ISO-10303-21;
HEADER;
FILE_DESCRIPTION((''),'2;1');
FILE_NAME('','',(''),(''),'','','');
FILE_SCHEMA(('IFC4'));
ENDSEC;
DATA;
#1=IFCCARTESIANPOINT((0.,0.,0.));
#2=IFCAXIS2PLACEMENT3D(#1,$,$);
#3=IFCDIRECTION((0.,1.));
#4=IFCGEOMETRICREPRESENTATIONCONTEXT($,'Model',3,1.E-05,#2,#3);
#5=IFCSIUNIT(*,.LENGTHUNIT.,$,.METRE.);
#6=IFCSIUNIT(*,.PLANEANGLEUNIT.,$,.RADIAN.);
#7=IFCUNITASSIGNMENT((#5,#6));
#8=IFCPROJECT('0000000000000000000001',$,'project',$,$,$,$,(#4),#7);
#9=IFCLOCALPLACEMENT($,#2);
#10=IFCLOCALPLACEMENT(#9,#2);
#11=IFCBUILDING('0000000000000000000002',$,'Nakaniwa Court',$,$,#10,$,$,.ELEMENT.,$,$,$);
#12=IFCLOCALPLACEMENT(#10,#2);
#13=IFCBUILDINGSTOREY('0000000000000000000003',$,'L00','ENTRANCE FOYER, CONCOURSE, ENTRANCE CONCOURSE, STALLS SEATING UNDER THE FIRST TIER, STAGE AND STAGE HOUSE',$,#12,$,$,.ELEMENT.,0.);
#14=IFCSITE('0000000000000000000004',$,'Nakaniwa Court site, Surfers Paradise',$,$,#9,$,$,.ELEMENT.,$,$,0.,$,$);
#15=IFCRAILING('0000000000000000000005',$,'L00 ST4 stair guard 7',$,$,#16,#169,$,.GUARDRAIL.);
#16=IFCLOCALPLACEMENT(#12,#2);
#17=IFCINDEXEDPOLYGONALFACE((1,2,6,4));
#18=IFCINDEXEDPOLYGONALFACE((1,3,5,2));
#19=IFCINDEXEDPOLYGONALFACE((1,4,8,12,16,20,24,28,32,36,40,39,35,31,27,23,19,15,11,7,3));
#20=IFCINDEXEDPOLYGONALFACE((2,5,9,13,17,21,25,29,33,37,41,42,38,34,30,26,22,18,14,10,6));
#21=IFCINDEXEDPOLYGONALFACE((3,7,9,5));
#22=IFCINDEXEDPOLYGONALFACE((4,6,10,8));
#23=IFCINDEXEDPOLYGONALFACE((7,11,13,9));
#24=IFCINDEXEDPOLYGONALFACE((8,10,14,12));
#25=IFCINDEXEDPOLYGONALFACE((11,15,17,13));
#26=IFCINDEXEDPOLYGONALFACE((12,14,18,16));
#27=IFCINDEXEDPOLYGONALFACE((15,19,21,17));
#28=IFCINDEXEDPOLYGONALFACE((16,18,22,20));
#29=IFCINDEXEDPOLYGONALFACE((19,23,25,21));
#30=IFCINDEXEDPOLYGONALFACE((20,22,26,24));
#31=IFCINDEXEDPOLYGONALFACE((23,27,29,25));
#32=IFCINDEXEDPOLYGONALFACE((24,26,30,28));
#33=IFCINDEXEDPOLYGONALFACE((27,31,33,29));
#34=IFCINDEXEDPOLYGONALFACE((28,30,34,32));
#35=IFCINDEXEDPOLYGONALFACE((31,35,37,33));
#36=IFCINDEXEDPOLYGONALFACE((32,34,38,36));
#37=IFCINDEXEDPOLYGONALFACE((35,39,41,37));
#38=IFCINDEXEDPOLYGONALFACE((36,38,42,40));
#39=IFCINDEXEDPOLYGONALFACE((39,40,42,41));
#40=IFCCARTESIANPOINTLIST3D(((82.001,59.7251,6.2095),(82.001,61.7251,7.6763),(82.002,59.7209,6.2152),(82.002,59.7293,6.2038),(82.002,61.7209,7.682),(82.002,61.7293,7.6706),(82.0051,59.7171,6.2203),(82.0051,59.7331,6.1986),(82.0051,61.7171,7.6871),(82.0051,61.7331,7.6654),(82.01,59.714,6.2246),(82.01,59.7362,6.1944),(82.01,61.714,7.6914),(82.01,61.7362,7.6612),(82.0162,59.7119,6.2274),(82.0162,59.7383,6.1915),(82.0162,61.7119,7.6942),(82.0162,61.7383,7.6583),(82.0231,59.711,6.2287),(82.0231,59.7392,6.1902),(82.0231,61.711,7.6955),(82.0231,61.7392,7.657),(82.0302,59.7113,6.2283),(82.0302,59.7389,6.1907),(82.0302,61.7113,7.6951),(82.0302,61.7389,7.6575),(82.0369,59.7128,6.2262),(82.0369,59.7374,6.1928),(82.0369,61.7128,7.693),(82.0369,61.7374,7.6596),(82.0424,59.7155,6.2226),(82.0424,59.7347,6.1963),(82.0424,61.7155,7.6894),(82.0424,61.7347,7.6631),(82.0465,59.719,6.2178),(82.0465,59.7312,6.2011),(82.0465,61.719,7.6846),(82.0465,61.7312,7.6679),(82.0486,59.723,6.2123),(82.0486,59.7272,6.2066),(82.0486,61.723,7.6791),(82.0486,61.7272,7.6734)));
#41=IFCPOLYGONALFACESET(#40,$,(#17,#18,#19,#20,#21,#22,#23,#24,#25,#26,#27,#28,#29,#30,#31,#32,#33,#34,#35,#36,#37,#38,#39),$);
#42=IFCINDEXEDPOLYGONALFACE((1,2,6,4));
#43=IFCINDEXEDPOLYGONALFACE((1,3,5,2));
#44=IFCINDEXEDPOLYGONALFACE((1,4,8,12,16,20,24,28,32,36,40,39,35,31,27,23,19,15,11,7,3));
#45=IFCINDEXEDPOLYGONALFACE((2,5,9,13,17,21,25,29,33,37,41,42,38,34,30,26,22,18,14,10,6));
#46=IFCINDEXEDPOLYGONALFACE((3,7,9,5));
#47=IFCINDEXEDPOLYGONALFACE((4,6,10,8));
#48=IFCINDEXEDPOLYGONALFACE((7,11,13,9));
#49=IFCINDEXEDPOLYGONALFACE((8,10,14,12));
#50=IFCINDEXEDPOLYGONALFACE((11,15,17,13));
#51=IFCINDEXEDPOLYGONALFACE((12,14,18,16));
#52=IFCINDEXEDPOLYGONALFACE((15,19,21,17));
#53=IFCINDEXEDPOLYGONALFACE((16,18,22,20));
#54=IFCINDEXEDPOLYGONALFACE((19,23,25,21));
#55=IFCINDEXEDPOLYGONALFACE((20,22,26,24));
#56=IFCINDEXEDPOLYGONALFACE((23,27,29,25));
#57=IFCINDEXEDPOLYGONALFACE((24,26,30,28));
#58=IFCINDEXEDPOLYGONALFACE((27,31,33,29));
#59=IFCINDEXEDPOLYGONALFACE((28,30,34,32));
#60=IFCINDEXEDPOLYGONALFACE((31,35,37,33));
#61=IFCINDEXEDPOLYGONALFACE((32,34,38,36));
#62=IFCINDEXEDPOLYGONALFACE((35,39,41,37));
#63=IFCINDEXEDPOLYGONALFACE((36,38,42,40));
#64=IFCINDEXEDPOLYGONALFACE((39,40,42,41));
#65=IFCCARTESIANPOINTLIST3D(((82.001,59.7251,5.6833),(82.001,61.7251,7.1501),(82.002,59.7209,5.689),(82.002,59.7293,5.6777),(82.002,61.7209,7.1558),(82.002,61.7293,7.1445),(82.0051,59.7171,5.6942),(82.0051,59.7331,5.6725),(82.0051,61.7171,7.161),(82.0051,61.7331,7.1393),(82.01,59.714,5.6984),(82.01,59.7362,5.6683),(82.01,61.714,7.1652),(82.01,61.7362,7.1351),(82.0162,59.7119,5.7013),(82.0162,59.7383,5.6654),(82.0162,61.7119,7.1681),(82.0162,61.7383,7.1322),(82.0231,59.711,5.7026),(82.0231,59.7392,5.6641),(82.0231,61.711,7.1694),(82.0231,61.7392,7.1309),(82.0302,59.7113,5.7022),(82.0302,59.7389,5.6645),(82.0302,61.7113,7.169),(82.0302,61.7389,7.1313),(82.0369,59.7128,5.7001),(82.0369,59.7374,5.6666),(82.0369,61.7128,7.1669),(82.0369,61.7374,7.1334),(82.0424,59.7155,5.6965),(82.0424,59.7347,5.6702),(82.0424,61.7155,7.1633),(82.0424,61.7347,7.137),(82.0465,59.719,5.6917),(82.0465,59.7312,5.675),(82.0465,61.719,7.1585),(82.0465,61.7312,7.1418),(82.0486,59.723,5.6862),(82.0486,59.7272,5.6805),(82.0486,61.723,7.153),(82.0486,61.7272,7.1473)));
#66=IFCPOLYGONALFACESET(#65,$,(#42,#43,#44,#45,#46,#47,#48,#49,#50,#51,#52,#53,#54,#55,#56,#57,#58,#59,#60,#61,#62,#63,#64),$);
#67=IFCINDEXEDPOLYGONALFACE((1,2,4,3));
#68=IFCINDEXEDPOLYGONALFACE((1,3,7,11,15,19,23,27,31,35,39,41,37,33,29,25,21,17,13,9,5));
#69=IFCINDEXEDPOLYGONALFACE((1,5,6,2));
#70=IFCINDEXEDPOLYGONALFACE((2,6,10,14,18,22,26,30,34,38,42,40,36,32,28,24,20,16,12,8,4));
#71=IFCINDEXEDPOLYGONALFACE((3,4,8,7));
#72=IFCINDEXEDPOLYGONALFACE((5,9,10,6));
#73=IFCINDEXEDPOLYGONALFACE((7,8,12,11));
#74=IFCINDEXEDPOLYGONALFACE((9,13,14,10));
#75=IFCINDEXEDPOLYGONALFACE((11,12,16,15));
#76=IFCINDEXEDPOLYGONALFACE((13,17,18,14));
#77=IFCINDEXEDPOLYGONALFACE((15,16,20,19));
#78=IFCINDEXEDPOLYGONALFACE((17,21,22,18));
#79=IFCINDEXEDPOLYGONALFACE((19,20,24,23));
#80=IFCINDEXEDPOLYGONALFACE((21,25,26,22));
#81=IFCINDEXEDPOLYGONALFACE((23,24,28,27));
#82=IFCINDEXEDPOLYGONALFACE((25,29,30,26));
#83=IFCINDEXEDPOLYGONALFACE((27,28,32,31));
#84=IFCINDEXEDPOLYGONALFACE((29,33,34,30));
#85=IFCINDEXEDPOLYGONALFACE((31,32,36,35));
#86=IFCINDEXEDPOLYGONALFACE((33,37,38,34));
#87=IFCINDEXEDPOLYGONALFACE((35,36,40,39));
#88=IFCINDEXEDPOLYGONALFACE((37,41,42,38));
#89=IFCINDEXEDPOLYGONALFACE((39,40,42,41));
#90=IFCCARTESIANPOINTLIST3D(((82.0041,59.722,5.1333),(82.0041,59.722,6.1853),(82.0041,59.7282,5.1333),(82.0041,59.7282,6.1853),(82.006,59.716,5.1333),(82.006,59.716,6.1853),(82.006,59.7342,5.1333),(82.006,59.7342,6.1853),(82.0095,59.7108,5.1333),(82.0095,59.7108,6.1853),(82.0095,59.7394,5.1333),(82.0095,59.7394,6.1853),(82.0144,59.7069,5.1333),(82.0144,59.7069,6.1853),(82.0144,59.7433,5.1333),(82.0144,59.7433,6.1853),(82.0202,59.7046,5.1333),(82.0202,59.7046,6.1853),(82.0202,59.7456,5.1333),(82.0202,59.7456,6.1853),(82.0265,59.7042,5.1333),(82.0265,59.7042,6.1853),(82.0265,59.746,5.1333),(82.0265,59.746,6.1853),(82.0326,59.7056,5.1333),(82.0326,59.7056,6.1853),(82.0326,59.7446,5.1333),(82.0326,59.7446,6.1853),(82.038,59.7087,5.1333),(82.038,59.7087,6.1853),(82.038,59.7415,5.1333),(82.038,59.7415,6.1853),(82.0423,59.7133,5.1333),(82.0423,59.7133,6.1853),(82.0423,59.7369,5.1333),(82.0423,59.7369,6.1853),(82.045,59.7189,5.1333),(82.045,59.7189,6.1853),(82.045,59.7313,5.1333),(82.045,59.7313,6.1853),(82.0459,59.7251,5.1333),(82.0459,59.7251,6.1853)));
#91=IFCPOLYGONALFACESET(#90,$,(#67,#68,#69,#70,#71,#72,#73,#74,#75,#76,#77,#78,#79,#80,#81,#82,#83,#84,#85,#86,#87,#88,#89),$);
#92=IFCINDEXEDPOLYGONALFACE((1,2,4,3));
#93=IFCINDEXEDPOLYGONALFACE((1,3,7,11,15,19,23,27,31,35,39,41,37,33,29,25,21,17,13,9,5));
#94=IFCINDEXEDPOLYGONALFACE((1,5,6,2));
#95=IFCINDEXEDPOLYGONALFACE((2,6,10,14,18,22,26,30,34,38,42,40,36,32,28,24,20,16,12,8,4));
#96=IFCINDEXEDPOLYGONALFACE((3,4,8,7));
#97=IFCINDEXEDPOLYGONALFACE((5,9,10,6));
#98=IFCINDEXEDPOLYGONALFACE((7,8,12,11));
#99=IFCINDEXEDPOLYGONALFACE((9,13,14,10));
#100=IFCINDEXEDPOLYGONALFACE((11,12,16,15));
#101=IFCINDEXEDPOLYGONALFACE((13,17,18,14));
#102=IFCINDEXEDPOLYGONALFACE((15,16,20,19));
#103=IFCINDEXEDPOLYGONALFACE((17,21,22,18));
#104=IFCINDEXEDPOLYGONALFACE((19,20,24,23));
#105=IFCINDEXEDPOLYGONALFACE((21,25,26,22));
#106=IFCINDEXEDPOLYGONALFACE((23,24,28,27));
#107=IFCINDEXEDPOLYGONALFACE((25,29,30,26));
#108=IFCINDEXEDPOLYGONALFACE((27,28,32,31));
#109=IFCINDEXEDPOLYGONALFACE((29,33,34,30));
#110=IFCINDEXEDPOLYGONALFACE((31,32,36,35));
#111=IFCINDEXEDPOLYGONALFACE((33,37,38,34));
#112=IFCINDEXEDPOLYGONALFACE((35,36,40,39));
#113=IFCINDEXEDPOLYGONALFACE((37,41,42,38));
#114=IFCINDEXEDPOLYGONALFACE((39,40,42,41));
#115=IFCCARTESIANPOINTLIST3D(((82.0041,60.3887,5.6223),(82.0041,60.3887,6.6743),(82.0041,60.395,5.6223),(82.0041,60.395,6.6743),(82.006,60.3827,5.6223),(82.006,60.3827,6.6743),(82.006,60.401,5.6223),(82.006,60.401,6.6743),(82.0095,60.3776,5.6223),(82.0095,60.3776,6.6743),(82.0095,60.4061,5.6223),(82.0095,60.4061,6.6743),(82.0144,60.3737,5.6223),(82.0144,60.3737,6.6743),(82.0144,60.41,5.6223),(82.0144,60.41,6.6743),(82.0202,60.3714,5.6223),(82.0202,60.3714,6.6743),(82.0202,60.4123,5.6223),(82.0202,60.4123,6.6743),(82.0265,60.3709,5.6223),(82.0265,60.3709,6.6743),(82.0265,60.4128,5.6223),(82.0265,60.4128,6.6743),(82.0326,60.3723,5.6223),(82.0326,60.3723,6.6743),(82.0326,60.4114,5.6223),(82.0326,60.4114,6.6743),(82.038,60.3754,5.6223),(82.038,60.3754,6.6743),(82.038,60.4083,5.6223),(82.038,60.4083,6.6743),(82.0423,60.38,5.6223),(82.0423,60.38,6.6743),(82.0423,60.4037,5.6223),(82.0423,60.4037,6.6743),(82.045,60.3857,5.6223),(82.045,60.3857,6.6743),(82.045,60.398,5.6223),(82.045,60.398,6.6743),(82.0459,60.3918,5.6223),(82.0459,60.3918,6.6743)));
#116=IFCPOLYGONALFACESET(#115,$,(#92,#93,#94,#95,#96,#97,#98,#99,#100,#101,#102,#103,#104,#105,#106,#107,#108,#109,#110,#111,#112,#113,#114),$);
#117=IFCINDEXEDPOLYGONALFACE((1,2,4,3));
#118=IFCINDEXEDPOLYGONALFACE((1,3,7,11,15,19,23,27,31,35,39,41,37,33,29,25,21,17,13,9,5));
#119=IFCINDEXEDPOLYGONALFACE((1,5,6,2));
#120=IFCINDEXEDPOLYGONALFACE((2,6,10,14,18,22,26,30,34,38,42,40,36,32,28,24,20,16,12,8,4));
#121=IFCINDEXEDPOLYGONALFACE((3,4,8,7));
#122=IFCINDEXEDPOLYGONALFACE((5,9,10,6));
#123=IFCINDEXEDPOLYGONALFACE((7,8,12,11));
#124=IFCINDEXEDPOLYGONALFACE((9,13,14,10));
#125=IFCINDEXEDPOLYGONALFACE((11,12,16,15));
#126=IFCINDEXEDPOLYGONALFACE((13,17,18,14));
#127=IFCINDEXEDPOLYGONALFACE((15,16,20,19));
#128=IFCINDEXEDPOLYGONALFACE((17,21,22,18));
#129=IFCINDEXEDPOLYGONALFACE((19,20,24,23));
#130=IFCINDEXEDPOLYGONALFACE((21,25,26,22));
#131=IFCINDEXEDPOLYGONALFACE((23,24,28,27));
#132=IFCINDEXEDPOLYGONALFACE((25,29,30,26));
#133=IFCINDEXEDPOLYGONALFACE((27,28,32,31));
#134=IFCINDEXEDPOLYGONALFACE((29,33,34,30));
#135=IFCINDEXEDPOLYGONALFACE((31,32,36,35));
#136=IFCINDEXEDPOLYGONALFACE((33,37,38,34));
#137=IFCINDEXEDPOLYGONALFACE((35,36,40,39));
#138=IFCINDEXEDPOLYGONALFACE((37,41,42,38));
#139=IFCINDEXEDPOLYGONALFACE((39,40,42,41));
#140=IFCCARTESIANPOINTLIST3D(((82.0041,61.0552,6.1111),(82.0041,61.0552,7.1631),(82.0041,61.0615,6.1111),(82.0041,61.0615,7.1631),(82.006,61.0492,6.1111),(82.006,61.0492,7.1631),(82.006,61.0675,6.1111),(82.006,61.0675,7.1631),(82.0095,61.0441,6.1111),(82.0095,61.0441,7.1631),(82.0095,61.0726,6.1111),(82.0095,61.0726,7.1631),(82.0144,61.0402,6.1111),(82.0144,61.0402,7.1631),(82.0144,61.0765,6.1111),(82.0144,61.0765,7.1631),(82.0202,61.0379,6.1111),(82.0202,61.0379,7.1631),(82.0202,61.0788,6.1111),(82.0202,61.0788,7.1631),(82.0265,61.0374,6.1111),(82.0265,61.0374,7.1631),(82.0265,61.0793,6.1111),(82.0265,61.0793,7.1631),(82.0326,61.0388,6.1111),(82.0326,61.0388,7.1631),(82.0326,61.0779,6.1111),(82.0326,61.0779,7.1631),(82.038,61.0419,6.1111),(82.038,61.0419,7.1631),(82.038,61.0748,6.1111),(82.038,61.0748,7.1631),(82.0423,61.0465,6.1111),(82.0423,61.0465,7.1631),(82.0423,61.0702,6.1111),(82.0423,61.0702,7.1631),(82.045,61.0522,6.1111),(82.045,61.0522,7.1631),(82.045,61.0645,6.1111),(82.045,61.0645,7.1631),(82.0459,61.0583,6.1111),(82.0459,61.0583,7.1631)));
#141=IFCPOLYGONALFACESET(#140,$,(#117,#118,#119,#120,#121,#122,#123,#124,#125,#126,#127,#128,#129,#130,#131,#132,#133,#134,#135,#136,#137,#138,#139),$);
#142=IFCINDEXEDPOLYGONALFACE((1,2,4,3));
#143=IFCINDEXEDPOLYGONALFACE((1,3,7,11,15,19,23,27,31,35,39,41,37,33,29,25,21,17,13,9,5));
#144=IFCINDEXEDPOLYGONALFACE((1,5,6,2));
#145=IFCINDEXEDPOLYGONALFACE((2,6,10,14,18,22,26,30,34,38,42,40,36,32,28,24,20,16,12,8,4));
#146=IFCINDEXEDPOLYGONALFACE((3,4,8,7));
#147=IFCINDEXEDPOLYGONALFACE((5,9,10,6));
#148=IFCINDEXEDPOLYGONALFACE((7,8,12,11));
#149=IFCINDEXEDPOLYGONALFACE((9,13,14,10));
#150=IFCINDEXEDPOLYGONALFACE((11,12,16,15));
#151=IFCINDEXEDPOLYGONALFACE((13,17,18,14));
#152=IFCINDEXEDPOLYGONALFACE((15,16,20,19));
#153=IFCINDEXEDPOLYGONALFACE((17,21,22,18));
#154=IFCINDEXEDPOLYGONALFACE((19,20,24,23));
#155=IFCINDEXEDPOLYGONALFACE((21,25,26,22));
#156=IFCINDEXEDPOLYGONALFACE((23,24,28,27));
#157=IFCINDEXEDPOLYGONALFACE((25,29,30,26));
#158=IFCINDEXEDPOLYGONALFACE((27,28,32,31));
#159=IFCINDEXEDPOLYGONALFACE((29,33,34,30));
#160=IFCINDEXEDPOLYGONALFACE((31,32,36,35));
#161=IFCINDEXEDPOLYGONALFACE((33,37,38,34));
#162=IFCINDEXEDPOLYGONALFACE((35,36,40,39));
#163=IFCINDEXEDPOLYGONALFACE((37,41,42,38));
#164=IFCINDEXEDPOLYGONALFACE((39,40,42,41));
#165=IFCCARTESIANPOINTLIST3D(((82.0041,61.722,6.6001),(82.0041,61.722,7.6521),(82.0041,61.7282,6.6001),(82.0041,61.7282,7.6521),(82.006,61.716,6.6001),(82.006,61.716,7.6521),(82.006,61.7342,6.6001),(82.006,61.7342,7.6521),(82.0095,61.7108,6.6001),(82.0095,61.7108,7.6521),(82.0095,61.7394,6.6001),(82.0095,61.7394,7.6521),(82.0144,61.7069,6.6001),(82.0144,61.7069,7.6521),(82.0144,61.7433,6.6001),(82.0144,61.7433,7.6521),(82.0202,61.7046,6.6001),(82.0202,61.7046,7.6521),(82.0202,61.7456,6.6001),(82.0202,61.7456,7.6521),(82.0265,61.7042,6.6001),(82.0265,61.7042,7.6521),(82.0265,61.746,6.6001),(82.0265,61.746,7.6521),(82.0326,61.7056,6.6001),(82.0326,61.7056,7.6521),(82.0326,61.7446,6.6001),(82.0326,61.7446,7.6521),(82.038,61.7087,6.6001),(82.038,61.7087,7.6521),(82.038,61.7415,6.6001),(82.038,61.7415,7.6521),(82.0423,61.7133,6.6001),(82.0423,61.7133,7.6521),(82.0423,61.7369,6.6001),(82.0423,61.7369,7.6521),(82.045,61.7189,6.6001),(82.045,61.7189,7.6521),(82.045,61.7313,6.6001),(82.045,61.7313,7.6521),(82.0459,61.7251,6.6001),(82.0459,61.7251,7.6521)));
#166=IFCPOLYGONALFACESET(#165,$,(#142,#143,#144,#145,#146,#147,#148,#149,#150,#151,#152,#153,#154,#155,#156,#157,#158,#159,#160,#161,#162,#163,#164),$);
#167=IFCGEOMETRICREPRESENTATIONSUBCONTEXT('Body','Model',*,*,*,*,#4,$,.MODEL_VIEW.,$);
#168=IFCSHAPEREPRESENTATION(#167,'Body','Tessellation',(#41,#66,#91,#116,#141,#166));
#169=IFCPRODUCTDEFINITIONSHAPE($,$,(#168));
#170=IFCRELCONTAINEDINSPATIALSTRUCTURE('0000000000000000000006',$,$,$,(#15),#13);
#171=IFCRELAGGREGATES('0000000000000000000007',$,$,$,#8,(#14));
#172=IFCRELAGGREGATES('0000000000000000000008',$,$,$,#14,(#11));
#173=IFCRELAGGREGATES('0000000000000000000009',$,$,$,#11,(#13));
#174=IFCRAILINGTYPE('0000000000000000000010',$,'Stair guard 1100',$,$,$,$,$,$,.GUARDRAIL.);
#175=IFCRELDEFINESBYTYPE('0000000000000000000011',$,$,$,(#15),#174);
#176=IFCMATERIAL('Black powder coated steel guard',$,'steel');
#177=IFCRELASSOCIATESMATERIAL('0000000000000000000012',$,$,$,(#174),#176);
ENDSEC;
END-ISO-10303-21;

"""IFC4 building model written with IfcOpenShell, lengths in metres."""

from ifc_helpers import new_model, si_unit, direction, frame, origin, origin_2d, place, context, subcontext, project, spatial, circle, extrude, material, type_object, element, save


model = new_model("IFC4")

# Units and contexts
model_context = context("Model", 3, precision=1e-05, world=origin(), true_north=direction((0.0, 1.0)))
body_context = subcontext(model_context, "Body", "Model", "MODEL_VIEW")
ifc_project = project(units=[si_unit("LENGTHUNIT", "METRE"), si_unit("PLANEANGLEUNIT", "RADIAN")], contexts=[model_context])

# Site, building, storey
site_placement = place(None, origin())
site = spatial("IfcSite", under=ifc_project, at=site_placement, Name="Nakaniwa Court site, Surfers Paradise", CompositionType="ELEMENT", RefElevation=0.0)
building_placement = place(site_placement, origin())
building = spatial("IfcBuilding", under=site, at=building_placement, Name="Nakaniwa Court", CompositionType="ELEMENT")
storey_placement = place(building_placement, origin())
storey = spatial("IfcBuildingStorey", under=building, at=storey_placement, Name="L00", Description="ENTRANCE FOYER, CONCOURSE, ENTRANCE CONCOURSE, STALLS SEATING UNDER THE FIRST TIER, STAGE AND STAGE HOUSE", CompositionType="ELEMENT", Elevation=0.0)

# Railing
ifc_material_1 = material(Name="Black powder coated steel guard", Category="steel")
railing_type_1 = type_object("IfcRailingType", Name="Stair guard 1100", PredefinedType="GUARDRAIL", material=ifc_material_1)
railing_1_placement = place(storey_placement, frame((82.0249, 59.7251, 5.1333)))
element("IfcRailing", 1, at=railing_1_placement, inside=storey, type_object=railing_type_1, Name="L00 ST4 stair guard 7", PredefinedType="GUARDRAIL", context=body_context, shape_type="SweptSolid", body=[
    extrude(circle(Radius=0.0239, at=origin_2d()), frame((0.0, 0.0, 1.0762), z_axis=(0.0, 0.80638, 0.591398), x_axis=(-1.0, 0.0, 0.0)), (0.0, 0.0, 1.0), 2.4802),
    extrude(circle(Radius=0.0239, at=origin_2d()), frame((0.0, 0.0, 0.55), z_axis=(0.0, 0.80638, 0.591398), x_axis=(-1.0, 0.0, 0.0)), (0.0, 0.0, 1.0), 2.4802),
    extrude(circle(Radius=0.021, at=origin_2d()), origin(), (0.0, 0.0, 1.0), 1.052),
    extrude(circle(Radius=0.021, at=origin_2d()), frame((0.0, 0.6667, 0.489)), (0.0, 0.0, 1.0), 1.052),
    extrude(circle(Radius=0.021, at=origin_2d()), frame((0.0, 1.3333, 0.9778)), (0.0, 0.0, 1.0), 1.052),
    extrude(circle(Radius=0.021, at=origin_2d()), frame((0.0, 2.0, 1.4668)), (0.0, 0.0, 1.0), 1.052),
])

save(model, "model.ifc")
